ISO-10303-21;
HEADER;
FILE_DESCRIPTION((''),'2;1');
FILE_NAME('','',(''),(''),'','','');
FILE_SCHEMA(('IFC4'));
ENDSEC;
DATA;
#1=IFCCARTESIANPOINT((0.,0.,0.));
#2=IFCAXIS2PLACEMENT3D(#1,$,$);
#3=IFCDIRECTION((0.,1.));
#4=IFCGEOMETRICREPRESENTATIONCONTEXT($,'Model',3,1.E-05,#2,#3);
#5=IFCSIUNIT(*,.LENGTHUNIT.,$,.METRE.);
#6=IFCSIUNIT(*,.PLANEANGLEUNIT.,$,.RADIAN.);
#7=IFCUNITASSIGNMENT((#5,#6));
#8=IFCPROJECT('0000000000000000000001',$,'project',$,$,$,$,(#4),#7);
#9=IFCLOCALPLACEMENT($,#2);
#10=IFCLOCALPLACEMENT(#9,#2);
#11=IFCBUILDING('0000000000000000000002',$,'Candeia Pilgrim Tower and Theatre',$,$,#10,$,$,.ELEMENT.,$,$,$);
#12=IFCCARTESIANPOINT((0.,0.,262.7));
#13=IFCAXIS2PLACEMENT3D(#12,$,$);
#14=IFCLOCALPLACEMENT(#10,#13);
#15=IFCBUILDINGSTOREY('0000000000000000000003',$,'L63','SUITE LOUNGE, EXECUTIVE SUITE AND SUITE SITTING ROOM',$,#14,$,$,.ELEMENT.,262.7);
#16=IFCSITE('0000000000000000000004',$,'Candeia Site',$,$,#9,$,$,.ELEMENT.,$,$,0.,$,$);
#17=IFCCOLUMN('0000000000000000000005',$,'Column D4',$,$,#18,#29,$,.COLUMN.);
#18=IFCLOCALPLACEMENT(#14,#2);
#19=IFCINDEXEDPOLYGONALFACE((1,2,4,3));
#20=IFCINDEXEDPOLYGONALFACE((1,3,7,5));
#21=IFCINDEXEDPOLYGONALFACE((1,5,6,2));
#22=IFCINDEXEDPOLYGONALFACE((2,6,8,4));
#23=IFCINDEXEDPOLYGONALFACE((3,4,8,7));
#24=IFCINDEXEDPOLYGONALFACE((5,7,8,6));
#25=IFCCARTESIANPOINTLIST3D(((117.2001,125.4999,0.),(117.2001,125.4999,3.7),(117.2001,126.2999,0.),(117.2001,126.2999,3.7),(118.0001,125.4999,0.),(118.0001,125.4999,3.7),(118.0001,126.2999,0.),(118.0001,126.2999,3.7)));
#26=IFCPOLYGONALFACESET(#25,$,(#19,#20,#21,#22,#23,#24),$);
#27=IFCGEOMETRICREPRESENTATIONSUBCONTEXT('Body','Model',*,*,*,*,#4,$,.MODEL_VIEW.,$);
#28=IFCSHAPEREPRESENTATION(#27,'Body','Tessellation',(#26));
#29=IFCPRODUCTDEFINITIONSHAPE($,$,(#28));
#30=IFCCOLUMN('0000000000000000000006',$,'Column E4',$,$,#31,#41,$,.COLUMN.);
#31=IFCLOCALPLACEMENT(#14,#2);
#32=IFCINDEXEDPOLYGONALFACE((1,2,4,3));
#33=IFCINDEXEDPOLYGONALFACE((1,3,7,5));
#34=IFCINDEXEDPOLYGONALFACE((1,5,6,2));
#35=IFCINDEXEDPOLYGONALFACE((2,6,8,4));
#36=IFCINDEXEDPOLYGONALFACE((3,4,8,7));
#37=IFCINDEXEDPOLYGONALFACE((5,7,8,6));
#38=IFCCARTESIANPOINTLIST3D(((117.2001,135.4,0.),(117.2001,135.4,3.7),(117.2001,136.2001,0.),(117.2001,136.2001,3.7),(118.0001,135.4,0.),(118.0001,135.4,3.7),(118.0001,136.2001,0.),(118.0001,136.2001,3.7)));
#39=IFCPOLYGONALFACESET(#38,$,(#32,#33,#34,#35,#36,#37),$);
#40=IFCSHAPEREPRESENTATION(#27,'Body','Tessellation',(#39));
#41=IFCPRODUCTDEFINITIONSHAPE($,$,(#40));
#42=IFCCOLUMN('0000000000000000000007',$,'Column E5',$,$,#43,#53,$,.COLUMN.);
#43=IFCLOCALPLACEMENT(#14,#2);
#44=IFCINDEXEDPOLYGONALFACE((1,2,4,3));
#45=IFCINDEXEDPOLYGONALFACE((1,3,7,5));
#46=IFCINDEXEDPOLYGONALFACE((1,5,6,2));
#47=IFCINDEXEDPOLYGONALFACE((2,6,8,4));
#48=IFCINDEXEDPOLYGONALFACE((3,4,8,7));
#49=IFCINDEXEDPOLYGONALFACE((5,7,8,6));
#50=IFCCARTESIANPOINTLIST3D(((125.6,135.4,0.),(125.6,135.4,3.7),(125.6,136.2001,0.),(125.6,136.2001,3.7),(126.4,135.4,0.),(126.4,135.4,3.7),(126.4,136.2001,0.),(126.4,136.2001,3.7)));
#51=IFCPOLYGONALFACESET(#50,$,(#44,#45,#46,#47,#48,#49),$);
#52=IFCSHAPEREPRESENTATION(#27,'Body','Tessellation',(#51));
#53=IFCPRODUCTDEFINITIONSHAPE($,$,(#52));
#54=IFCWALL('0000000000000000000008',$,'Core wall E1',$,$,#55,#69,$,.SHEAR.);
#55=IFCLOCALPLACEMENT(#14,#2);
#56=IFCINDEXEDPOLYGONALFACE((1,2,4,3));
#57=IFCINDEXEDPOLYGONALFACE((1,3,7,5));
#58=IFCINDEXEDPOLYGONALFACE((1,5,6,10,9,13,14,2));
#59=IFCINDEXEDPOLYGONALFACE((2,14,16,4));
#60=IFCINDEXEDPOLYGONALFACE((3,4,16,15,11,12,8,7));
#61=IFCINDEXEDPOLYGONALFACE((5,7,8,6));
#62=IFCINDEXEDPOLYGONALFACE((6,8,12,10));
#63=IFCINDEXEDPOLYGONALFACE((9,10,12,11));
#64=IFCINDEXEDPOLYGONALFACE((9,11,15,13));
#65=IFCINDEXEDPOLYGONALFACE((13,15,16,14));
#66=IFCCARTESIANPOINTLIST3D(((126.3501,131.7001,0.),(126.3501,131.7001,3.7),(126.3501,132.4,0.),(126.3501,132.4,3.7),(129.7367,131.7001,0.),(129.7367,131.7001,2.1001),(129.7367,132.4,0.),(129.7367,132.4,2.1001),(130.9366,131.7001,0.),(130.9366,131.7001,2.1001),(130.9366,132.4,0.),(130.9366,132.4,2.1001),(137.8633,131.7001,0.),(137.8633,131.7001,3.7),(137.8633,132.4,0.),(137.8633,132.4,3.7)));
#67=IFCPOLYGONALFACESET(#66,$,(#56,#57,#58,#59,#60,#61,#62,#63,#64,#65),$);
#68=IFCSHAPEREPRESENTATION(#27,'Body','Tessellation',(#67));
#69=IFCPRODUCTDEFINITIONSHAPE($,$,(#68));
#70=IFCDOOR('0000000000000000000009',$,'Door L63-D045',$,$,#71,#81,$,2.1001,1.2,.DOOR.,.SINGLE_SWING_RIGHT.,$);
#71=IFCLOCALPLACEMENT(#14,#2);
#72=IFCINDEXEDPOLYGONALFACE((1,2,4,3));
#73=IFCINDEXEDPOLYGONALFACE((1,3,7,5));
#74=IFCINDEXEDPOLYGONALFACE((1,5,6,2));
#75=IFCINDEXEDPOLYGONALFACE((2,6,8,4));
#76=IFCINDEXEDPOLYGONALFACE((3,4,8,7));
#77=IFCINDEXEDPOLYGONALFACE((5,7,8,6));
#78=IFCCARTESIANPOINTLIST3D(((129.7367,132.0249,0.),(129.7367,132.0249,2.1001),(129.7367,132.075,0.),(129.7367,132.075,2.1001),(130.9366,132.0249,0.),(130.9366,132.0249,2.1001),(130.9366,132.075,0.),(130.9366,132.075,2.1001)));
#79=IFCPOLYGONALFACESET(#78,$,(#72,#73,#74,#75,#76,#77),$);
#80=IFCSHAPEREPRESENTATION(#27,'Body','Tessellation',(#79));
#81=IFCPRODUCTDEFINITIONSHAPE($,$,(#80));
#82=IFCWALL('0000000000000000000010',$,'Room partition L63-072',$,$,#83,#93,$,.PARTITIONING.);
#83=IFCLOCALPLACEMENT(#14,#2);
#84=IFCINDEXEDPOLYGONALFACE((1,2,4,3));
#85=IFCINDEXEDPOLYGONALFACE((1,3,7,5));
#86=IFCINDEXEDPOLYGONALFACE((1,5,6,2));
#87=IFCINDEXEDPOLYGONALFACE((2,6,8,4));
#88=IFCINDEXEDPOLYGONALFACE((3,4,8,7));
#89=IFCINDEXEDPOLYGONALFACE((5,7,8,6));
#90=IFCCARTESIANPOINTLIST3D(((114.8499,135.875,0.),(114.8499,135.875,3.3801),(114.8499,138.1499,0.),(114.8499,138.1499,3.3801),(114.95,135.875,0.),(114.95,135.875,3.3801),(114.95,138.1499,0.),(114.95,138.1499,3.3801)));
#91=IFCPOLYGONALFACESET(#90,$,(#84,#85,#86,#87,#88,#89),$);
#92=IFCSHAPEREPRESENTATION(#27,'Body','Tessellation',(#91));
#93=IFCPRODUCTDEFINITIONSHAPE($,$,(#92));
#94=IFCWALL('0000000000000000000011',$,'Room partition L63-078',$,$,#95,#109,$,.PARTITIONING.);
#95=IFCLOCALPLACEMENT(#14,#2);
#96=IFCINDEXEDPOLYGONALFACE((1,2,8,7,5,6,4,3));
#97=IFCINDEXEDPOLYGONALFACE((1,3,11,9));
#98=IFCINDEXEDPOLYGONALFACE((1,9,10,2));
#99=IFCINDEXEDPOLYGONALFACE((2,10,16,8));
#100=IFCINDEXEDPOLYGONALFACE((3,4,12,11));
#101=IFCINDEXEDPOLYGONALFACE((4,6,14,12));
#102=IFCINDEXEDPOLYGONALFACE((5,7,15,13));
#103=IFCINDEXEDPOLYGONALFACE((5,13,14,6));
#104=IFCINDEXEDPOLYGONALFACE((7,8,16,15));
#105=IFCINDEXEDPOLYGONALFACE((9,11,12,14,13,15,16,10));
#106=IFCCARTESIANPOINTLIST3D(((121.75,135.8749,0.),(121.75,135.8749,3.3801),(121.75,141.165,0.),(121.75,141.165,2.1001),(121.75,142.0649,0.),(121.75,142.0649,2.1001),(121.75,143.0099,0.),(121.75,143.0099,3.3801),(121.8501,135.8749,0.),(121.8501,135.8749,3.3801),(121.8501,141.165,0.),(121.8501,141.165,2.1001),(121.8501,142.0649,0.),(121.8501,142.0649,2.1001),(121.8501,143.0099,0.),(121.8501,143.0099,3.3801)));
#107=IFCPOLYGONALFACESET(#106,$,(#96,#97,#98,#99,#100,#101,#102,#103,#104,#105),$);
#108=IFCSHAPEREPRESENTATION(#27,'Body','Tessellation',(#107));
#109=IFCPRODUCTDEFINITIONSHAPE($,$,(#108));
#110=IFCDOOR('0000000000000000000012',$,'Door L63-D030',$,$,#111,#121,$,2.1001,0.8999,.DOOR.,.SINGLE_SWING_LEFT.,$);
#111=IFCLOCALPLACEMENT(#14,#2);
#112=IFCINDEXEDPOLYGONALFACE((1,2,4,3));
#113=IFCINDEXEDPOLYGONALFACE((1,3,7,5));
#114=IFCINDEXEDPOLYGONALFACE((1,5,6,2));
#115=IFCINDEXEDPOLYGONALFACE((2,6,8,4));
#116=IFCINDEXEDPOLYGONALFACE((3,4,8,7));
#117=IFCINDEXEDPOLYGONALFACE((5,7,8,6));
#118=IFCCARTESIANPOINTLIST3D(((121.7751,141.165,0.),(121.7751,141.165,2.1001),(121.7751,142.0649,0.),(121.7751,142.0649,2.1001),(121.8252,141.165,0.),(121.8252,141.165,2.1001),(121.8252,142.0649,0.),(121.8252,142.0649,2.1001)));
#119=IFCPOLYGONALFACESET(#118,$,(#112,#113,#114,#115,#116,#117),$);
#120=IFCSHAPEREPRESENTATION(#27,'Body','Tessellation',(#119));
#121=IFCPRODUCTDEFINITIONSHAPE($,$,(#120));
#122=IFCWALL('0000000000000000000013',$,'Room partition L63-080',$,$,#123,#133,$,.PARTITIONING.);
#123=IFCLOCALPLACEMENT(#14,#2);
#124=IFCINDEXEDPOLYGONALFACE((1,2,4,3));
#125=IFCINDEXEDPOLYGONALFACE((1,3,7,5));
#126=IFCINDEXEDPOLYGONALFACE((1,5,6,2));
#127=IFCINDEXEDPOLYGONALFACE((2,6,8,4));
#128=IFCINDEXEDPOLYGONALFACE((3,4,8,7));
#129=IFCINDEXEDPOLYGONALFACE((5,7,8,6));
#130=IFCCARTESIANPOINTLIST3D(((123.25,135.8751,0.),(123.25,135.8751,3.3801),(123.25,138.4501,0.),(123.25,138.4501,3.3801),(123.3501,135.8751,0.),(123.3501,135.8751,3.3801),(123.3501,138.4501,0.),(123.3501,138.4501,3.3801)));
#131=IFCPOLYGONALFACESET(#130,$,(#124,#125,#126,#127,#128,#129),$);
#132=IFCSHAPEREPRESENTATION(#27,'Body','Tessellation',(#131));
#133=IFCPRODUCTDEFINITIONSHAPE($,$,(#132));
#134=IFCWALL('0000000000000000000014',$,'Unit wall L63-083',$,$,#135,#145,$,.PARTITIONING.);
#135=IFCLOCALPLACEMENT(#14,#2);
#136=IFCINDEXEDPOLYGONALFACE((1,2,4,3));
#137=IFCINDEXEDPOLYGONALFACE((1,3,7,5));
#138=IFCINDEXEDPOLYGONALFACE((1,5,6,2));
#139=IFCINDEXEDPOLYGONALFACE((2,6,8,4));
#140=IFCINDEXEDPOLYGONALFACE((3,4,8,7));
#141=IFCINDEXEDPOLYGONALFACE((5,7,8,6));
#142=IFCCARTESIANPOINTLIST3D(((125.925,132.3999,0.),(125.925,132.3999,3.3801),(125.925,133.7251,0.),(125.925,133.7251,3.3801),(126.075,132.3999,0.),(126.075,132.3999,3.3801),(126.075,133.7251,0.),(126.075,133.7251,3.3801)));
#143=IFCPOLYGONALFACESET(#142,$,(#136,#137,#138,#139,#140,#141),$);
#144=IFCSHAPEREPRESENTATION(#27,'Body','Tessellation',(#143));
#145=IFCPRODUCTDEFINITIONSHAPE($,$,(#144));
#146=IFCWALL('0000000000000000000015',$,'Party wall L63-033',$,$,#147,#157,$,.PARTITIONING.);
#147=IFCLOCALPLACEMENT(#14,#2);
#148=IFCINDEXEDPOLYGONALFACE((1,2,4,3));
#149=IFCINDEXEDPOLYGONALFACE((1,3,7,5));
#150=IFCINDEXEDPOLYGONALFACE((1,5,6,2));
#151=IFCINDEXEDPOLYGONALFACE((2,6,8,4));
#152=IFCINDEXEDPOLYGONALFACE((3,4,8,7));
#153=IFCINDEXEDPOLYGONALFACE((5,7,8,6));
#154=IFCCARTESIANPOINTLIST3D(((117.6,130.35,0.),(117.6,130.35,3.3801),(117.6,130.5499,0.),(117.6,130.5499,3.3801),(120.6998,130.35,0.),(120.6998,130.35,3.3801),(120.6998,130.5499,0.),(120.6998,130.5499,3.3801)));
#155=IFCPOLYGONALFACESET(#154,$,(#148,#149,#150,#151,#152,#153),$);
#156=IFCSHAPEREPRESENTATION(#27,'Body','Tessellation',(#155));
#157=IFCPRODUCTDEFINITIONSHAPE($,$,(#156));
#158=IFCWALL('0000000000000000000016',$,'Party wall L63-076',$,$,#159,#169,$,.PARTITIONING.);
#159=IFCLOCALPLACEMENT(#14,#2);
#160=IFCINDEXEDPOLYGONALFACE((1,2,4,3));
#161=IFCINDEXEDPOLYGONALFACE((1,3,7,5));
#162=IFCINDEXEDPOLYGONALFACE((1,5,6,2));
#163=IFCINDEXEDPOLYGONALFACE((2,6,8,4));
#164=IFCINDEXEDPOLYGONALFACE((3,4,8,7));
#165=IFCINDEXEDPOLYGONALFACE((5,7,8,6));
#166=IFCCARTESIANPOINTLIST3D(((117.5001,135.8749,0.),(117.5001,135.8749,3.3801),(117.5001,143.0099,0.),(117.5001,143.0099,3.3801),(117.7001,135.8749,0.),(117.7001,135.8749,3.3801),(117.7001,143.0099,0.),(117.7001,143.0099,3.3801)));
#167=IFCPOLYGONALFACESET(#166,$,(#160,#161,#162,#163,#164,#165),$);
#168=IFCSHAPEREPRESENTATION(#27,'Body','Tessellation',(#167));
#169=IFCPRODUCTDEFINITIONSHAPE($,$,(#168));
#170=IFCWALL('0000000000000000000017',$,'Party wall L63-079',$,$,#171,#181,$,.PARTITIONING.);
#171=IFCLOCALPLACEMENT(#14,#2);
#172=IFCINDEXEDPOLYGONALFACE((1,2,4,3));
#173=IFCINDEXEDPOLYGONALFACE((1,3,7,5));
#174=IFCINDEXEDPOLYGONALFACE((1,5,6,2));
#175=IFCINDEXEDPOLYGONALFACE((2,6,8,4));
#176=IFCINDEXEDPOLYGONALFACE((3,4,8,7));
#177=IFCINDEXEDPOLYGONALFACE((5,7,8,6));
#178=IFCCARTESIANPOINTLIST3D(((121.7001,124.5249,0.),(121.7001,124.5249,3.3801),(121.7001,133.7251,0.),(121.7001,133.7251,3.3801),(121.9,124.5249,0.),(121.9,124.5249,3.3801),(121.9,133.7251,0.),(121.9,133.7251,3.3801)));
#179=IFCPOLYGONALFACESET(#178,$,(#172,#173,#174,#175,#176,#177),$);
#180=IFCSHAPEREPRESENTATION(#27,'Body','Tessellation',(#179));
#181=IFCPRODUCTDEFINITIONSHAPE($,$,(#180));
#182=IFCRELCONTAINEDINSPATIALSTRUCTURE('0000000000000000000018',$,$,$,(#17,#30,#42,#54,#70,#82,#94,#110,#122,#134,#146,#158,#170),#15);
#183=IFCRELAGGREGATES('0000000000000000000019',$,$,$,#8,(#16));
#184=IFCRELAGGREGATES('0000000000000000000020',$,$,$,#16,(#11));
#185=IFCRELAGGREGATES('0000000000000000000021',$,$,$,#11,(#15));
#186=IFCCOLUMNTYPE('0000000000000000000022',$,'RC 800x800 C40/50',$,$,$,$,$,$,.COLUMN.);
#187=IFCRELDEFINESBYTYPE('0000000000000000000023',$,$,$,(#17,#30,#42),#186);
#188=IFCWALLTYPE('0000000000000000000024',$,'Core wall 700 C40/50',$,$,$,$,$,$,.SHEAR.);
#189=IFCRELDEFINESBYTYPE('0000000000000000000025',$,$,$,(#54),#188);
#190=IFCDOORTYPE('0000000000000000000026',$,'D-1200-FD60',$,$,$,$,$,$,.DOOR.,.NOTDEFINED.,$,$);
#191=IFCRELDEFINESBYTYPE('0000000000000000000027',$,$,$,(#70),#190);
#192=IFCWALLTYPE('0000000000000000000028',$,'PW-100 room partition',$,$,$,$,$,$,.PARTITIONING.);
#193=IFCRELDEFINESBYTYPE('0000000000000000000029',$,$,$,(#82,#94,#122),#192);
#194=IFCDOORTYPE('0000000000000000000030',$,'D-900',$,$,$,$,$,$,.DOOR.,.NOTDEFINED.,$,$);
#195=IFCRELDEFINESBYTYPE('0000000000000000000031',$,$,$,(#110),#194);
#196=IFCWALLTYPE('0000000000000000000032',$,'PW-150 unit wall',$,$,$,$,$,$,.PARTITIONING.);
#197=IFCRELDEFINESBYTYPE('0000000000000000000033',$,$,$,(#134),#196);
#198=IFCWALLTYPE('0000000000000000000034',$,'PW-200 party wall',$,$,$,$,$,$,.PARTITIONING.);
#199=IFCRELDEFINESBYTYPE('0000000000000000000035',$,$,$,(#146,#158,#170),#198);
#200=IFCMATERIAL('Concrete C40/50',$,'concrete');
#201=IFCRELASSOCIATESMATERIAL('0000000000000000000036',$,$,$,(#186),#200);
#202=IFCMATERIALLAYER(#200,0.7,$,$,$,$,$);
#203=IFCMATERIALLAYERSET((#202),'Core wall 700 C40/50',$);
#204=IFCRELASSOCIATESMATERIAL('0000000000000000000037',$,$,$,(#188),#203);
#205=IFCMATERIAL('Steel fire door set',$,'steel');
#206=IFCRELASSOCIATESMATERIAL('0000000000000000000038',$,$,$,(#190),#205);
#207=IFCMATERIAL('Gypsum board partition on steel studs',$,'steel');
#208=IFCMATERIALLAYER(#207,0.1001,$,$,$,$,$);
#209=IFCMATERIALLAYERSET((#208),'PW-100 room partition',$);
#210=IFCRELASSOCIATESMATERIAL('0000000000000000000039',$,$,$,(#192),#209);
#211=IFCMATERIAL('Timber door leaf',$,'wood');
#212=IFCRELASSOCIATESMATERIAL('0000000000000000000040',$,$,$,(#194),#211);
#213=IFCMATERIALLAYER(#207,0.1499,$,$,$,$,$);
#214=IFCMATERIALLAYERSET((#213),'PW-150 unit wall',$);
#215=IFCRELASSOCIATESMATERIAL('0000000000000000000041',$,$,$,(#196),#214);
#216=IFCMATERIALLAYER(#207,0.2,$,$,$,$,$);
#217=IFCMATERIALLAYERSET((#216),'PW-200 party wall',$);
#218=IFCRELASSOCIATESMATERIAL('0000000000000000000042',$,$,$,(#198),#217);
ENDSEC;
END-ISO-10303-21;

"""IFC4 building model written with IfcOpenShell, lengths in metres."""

from ifc_helpers import new_model, si_unit, direction, frame, frame_2d, origin, origin_2d, place, context, subcontext, project, spatial, rectangle, extrude, material, layer, layer_set, material_profile, profile_set, type_object, element, fill, save


model = new_model("IFC4")

# Units and contexts
model_context = context("Model", 3, precision=1e-05, world=origin(), true_north=direction((0.0, 1.0)))
body_context = subcontext(model_context, "Body", "Model", "MODEL_VIEW")
ifc_project = project(units=[si_unit("LENGTHUNIT", "METRE"), si_unit("PLANEANGLEUNIT", "RADIAN")], contexts=[model_context])

# Site, building, storey
site_placement = place(None, origin())
site = spatial("IfcSite", under=ifc_project, at=site_placement, Name="Candeia Site", CompositionType="ELEMENT", RefElevation=0.0)
building_placement = place(site_placement, origin())
building = spatial("IfcBuilding", under=site, at=building_placement, Name="Candeia Pilgrim Tower and Theatre", CompositionType="ELEMENT")
storey_placement = place(building_placement, frame((0.0, 0.0, 262.7)))
storey = spatial("IfcBuildingStorey", under=building, at=storey_placement, Name="L63", Description="SUITE LOUNGE, EXECUTIVE SUITE AND SUITE SITTING ROOM", CompositionType="ELEMENT", Elevation=262.7)

# Columns
ifc_material_1 = material(Name="Concrete C40/50", Category="concrete")
ifc_material_profile = material_profile(ifc_material_1, rectangle(XDim=0.8, YDim=0.8, at=origin_2d()))
ifc_profile_set = profile_set([ifc_material_profile], Name="Concrete C40/50")
column_type = type_object("IfcColumnType", Name="RC 800x800 C40/50", PredefinedType="COLUMN", material=ifc_profile_set)
for number, where, z_axis, x_axis, name in (
    (1, (117.6001, 125.8999, 0.0), (0.0, 0.0, 1.0), (1.0, 0.0, 0.0), "Column D4"),
    (2, (117.6001, 135.8, 0.0), (0.0, 0.0, 1.0), (1.0, 0.0, 0.0), "Column E4"),
    (3, (126.0, 135.8, 0.0), (0.0, 0.0, 1.0), (1.0, 0.0, 0.0), "Column E5"),
):
    element("IfcColumn", number, at=place(storey_placement, frame(where, z_axis=z_axis, x_axis=x_axis)), inside=storey, type_object=column_type, Name=name, PredefinedType="COLUMN", context=body_context, shape_type="SweptSolid", body=[
        extrude(rectangle(XDim=0.8, YDim=0.8, at=origin_2d()), origin(), (0.0, 0.0, 1.0), 3.7),
    ])

# Wall, opening, door
ifc_layer_1 = layer(ifc_material_1, 0.7)
ifc_layer_set_1 = layer_set([ifc_layer_1], Name="Core wall 700 C40/50")
wall_type_1 = type_object("IfcWallType", Name="Core wall 700 C40/50", PredefinedType="SHEAR", material=ifc_layer_set_1)
wall_1_placement = place(storey_placement, frame((126.3501, 132.05, 0.0), z_axis=(0.0, 0.0, 1.0), x_axis=(1.0, 0.0, 0.0)))
wall_1 = element("IfcWall", 4, at=wall_1_placement, inside=storey, type_object=wall_type_1, Name="Core wall E1", PredefinedType="SHEAR", context=body_context, shape_type="SweptSolid", body=[
    extrude(rectangle(XDim=11.5132, YDim=0.7, at=frame_2d((5.7566, 0.0))), origin(), (0.0, 0.0, 1.0), 3.7),
])
opening_1_placement = place(wall_1_placement, frame((3.3865, 0.0, 0.0)))
opening_1 = element("IfcOpeningElement", 5, at=opening_1_placement, cuts=wall_1, PredefinedType="OPENING", context=body_context, shape_type="SweptSolid", body=[
    extrude(rectangle(XDim=1.2, YDim=2.1001, at=frame_2d((0.6001, 1.05))), frame((0.0, 0.3599, 0.0), z_axis=(0.0, -1.0, 0.0), x_axis=(1.0, 0.0, 0.0)), (0.0, 0.0, 1.0), 0.72),
])
ifc_material_2 = material(Name="Steel fire door set", Category="steel")
door_type_1 = type_object("IfcDoorType", Name="D-1200-FD60", OperationType="NOTDEFINED", PredefinedType="DOOR", material=ifc_material_2)
door_1_placement = place(opening_1_placement, origin())
door_1 = element("IfcDoor", 6, at=door_1_placement, inside=storey, type_object=door_type_1, Name="Door L63-D045", OperationType="SINGLE_SWING_RIGHT", OverallHeight=2.1001, OverallWidth=1.2, PredefinedType="DOOR", context=body_context, shape_type="SweptSolid", body=[
    extrude(rectangle(XDim=1.2, YDim=2.1001, at=frame_2d((0.6001, 1.05))), frame((0.0, 0.0249, 0.0), z_axis=(0.0, -1.0, 0.0), x_axis=(1.0, 0.0, 0.0)), (0.0, 0.0, 1.0), 0.05),
])
fill(opening_1, door_1)

# Wall
ifc_material_3 = material(Name="Gypsum board partition on steel studs", Category="steel")
ifc_layer_2 = layer(ifc_material_3, 0.1001)
ifc_layer_set_2 = layer_set([ifc_layer_2], Name="PW-100 room partition")
wall_type_2 = type_object("IfcWallType", Name="PW-100 room partition", PredefinedType="PARTITIONING", material=ifc_layer_set_2)
wall_2_placement = place(storey_placement, frame((114.8999, 135.875, 0.0), z_axis=(0.0, 0.0, 1.0), x_axis=(0.0, 1.0, 0.0)))
element("IfcWall", 7, at=wall_2_placement, inside=storey, type_object=wall_type_2, Name="Room partition L63-072", PredefinedType="PARTITIONING", context=body_context, shape_type="SweptSolid", body=[
    extrude(rectangle(XDim=2.2749, YDim=0.1001, at=frame_2d((1.1375, 0.0))), origin(), (0.0, 0.0, 1.0), 3.3801),
])

# Wall, opening, door
wall_3_placement = place(storey_placement, frame((121.8, 135.875, 0.0), z_axis=(0.0, 0.0, 1.0), x_axis=(0.0, 1.0, 0.0)))
wall_3 = element("IfcWall", 8, at=wall_3_placement, inside=storey, type_object=wall_type_2, Name="Room partition L63-078", PredefinedType="PARTITIONING", context=body_context, shape_type="SweptSolid", body=[
    extrude(rectangle(XDim=7.135, YDim=0.1001, at=frame_2d((3.5674, 0.0))), origin(), (0.0, 0.0, 1.0), 3.3801),
])
opening_2_placement = place(wall_3_placement, frame((5.29, 0.0, 0.0)))
opening_2 = element("IfcOpeningElement", 9, at=opening_2_placement, cuts=wall_3, PredefinedType="OPENING", context=body_context, shape_type="SweptSolid", body=[
    extrude(rectangle(XDim=0.8999, YDim=2.1001, at=frame_2d((0.45, 1.05))), frame((0.0, 0.0601, 0.0), z_axis=(0.0, -1.0, 0.0), x_axis=(1.0, 0.0, 0.0)), (0.0, 0.0, 1.0), 0.1201),
])
ifc_material_4 = material(Name="Timber door leaf", Category="wood")
door_type_2 = type_object("IfcDoorType", Name="D-900", OperationType="NOTDEFINED", PredefinedType="DOOR", material=ifc_material_4)
door_2_placement = place(opening_2_placement, origin())
door_2 = element("IfcDoor", 10, at=door_2_placement, inside=storey, type_object=door_type_2, Name="Door L63-D030", OperationType="SINGLE_SWING_LEFT", OverallHeight=2.1001, OverallWidth=0.8999, PredefinedType="DOOR", context=body_context, shape_type="SweptSolid", body=[
    extrude(rectangle(XDim=0.8999, YDim=2.1001, at=frame_2d((0.45, 1.05))), frame((0.0, 0.0249, 0.0), z_axis=(0.0, -1.0, 0.0), x_axis=(1.0, 0.0, 0.0)), (0.0, 0.0, 1.0), 0.05),
])
fill(opening_2, door_2)

# Walls
wall_4_placement = place(storey_placement, frame((123.3, 135.875, 0.0), z_axis=(0.0, 0.0, 1.0), x_axis=(0.0, 1.0, 0.0)))
element("IfcWall", 11, at=wall_4_placement, inside=storey, type_object=wall_type_2, Name="Room partition L63-080", PredefinedType="PARTITIONING", context=body_context, shape_type="SweptSolid", body=[
    extrude(rectangle(XDim=2.575, YDim=0.1001, at=frame_2d((1.2876, 0.0))), origin(), (0.0, 0.0, 1.0), 3.3801),
])
ifc_layer_3 = layer(ifc_material_3, 0.1499)
ifc_layer_set_3 = layer_set([ifc_layer_3], Name="PW-150 unit wall")
wall_type_3 = type_object("IfcWallType", Name="PW-150 unit wall", PredefinedType="PARTITIONING", material=ifc_layer_set_3)
wall_5_placement = place(storey_placement, frame((126.0, 132.3999, 0.0), z_axis=(0.0, 0.0, 1.0), x_axis=(0.0, 1.0, 0.0)))
element("IfcWall", 12, at=wall_5_placement, inside=storey, type_object=wall_type_3, Name="Unit wall L63-083", PredefinedType="PARTITIONING", context=body_context, shape_type="SweptSolid", body=[
    extrude(rectangle(XDim=1.3252, YDim=0.1499, at=frame_2d((0.6626, 0.0))), origin(), (0.0, 0.0, 1.0), 3.3801),
])
ifc_layer_4 = layer(ifc_material_3, 0.2)
ifc_layer_set_4 = layer_set([ifc_layer_4], Name="PW-200 party wall")
wall_type_4 = type_object("IfcWallType", Name="PW-200 party wall", PredefinedType="PARTITIONING", material=ifc_layer_set_4)
wall_6_placement = place(storey_placement, frame((117.6001, 130.45, 0.0), z_axis=(0.0, 0.0, 1.0), x_axis=(1.0, 0.0, 0.0)))
element("IfcWall", 13, at=wall_6_placement, inside=storey, type_object=wall_type_4, Name="Party wall L63-033", PredefinedType="PARTITIONING", context=body_context, shape_type="SweptSolid", body=[
    extrude(rectangle(XDim=3.0999, YDim=0.2, at=frame_2d((1.5498, 0.0))), origin(), (0.0, 0.0, 1.0), 3.3801),
])
wall_7_placement = place(storey_placement, frame((117.6001, 135.875, 0.0), z_axis=(0.0, 0.0, 1.0), x_axis=(0.0, 1.0, 0.0)))
element("IfcWall", 14, at=wall_7_placement, inside=storey, type_object=wall_type_4, Name="Party wall L63-076", PredefinedType="PARTITIONING", context=body_context, shape_type="SweptSolid", body=[
    extrude(rectangle(XDim=7.135, YDim=0.2, at=frame_2d((3.5674, 0.0))), origin(), (0.0, 0.0, 1.0), 3.3801),
])
wall_8_placement = place(storey_placement, frame((121.8, 124.5249, 0.0), z_axis=(0.0, 0.0, 1.0), x_axis=(0.0, 1.0, 0.0)))
element("IfcWall", 15, at=wall_8_placement, inside=storey, type_object=wall_type_4, Name="Party wall L63-079", PredefinedType="PARTITIONING", context=body_context, shape_type="SweptSolid", body=[
    extrude(rectangle(XDim=9.2002, YDim=0.2, at=frame_2d((4.6001, 0.0))), origin(), (0.0, 0.0, 1.0), 3.3801),
])

save(model, "model.ifc")
